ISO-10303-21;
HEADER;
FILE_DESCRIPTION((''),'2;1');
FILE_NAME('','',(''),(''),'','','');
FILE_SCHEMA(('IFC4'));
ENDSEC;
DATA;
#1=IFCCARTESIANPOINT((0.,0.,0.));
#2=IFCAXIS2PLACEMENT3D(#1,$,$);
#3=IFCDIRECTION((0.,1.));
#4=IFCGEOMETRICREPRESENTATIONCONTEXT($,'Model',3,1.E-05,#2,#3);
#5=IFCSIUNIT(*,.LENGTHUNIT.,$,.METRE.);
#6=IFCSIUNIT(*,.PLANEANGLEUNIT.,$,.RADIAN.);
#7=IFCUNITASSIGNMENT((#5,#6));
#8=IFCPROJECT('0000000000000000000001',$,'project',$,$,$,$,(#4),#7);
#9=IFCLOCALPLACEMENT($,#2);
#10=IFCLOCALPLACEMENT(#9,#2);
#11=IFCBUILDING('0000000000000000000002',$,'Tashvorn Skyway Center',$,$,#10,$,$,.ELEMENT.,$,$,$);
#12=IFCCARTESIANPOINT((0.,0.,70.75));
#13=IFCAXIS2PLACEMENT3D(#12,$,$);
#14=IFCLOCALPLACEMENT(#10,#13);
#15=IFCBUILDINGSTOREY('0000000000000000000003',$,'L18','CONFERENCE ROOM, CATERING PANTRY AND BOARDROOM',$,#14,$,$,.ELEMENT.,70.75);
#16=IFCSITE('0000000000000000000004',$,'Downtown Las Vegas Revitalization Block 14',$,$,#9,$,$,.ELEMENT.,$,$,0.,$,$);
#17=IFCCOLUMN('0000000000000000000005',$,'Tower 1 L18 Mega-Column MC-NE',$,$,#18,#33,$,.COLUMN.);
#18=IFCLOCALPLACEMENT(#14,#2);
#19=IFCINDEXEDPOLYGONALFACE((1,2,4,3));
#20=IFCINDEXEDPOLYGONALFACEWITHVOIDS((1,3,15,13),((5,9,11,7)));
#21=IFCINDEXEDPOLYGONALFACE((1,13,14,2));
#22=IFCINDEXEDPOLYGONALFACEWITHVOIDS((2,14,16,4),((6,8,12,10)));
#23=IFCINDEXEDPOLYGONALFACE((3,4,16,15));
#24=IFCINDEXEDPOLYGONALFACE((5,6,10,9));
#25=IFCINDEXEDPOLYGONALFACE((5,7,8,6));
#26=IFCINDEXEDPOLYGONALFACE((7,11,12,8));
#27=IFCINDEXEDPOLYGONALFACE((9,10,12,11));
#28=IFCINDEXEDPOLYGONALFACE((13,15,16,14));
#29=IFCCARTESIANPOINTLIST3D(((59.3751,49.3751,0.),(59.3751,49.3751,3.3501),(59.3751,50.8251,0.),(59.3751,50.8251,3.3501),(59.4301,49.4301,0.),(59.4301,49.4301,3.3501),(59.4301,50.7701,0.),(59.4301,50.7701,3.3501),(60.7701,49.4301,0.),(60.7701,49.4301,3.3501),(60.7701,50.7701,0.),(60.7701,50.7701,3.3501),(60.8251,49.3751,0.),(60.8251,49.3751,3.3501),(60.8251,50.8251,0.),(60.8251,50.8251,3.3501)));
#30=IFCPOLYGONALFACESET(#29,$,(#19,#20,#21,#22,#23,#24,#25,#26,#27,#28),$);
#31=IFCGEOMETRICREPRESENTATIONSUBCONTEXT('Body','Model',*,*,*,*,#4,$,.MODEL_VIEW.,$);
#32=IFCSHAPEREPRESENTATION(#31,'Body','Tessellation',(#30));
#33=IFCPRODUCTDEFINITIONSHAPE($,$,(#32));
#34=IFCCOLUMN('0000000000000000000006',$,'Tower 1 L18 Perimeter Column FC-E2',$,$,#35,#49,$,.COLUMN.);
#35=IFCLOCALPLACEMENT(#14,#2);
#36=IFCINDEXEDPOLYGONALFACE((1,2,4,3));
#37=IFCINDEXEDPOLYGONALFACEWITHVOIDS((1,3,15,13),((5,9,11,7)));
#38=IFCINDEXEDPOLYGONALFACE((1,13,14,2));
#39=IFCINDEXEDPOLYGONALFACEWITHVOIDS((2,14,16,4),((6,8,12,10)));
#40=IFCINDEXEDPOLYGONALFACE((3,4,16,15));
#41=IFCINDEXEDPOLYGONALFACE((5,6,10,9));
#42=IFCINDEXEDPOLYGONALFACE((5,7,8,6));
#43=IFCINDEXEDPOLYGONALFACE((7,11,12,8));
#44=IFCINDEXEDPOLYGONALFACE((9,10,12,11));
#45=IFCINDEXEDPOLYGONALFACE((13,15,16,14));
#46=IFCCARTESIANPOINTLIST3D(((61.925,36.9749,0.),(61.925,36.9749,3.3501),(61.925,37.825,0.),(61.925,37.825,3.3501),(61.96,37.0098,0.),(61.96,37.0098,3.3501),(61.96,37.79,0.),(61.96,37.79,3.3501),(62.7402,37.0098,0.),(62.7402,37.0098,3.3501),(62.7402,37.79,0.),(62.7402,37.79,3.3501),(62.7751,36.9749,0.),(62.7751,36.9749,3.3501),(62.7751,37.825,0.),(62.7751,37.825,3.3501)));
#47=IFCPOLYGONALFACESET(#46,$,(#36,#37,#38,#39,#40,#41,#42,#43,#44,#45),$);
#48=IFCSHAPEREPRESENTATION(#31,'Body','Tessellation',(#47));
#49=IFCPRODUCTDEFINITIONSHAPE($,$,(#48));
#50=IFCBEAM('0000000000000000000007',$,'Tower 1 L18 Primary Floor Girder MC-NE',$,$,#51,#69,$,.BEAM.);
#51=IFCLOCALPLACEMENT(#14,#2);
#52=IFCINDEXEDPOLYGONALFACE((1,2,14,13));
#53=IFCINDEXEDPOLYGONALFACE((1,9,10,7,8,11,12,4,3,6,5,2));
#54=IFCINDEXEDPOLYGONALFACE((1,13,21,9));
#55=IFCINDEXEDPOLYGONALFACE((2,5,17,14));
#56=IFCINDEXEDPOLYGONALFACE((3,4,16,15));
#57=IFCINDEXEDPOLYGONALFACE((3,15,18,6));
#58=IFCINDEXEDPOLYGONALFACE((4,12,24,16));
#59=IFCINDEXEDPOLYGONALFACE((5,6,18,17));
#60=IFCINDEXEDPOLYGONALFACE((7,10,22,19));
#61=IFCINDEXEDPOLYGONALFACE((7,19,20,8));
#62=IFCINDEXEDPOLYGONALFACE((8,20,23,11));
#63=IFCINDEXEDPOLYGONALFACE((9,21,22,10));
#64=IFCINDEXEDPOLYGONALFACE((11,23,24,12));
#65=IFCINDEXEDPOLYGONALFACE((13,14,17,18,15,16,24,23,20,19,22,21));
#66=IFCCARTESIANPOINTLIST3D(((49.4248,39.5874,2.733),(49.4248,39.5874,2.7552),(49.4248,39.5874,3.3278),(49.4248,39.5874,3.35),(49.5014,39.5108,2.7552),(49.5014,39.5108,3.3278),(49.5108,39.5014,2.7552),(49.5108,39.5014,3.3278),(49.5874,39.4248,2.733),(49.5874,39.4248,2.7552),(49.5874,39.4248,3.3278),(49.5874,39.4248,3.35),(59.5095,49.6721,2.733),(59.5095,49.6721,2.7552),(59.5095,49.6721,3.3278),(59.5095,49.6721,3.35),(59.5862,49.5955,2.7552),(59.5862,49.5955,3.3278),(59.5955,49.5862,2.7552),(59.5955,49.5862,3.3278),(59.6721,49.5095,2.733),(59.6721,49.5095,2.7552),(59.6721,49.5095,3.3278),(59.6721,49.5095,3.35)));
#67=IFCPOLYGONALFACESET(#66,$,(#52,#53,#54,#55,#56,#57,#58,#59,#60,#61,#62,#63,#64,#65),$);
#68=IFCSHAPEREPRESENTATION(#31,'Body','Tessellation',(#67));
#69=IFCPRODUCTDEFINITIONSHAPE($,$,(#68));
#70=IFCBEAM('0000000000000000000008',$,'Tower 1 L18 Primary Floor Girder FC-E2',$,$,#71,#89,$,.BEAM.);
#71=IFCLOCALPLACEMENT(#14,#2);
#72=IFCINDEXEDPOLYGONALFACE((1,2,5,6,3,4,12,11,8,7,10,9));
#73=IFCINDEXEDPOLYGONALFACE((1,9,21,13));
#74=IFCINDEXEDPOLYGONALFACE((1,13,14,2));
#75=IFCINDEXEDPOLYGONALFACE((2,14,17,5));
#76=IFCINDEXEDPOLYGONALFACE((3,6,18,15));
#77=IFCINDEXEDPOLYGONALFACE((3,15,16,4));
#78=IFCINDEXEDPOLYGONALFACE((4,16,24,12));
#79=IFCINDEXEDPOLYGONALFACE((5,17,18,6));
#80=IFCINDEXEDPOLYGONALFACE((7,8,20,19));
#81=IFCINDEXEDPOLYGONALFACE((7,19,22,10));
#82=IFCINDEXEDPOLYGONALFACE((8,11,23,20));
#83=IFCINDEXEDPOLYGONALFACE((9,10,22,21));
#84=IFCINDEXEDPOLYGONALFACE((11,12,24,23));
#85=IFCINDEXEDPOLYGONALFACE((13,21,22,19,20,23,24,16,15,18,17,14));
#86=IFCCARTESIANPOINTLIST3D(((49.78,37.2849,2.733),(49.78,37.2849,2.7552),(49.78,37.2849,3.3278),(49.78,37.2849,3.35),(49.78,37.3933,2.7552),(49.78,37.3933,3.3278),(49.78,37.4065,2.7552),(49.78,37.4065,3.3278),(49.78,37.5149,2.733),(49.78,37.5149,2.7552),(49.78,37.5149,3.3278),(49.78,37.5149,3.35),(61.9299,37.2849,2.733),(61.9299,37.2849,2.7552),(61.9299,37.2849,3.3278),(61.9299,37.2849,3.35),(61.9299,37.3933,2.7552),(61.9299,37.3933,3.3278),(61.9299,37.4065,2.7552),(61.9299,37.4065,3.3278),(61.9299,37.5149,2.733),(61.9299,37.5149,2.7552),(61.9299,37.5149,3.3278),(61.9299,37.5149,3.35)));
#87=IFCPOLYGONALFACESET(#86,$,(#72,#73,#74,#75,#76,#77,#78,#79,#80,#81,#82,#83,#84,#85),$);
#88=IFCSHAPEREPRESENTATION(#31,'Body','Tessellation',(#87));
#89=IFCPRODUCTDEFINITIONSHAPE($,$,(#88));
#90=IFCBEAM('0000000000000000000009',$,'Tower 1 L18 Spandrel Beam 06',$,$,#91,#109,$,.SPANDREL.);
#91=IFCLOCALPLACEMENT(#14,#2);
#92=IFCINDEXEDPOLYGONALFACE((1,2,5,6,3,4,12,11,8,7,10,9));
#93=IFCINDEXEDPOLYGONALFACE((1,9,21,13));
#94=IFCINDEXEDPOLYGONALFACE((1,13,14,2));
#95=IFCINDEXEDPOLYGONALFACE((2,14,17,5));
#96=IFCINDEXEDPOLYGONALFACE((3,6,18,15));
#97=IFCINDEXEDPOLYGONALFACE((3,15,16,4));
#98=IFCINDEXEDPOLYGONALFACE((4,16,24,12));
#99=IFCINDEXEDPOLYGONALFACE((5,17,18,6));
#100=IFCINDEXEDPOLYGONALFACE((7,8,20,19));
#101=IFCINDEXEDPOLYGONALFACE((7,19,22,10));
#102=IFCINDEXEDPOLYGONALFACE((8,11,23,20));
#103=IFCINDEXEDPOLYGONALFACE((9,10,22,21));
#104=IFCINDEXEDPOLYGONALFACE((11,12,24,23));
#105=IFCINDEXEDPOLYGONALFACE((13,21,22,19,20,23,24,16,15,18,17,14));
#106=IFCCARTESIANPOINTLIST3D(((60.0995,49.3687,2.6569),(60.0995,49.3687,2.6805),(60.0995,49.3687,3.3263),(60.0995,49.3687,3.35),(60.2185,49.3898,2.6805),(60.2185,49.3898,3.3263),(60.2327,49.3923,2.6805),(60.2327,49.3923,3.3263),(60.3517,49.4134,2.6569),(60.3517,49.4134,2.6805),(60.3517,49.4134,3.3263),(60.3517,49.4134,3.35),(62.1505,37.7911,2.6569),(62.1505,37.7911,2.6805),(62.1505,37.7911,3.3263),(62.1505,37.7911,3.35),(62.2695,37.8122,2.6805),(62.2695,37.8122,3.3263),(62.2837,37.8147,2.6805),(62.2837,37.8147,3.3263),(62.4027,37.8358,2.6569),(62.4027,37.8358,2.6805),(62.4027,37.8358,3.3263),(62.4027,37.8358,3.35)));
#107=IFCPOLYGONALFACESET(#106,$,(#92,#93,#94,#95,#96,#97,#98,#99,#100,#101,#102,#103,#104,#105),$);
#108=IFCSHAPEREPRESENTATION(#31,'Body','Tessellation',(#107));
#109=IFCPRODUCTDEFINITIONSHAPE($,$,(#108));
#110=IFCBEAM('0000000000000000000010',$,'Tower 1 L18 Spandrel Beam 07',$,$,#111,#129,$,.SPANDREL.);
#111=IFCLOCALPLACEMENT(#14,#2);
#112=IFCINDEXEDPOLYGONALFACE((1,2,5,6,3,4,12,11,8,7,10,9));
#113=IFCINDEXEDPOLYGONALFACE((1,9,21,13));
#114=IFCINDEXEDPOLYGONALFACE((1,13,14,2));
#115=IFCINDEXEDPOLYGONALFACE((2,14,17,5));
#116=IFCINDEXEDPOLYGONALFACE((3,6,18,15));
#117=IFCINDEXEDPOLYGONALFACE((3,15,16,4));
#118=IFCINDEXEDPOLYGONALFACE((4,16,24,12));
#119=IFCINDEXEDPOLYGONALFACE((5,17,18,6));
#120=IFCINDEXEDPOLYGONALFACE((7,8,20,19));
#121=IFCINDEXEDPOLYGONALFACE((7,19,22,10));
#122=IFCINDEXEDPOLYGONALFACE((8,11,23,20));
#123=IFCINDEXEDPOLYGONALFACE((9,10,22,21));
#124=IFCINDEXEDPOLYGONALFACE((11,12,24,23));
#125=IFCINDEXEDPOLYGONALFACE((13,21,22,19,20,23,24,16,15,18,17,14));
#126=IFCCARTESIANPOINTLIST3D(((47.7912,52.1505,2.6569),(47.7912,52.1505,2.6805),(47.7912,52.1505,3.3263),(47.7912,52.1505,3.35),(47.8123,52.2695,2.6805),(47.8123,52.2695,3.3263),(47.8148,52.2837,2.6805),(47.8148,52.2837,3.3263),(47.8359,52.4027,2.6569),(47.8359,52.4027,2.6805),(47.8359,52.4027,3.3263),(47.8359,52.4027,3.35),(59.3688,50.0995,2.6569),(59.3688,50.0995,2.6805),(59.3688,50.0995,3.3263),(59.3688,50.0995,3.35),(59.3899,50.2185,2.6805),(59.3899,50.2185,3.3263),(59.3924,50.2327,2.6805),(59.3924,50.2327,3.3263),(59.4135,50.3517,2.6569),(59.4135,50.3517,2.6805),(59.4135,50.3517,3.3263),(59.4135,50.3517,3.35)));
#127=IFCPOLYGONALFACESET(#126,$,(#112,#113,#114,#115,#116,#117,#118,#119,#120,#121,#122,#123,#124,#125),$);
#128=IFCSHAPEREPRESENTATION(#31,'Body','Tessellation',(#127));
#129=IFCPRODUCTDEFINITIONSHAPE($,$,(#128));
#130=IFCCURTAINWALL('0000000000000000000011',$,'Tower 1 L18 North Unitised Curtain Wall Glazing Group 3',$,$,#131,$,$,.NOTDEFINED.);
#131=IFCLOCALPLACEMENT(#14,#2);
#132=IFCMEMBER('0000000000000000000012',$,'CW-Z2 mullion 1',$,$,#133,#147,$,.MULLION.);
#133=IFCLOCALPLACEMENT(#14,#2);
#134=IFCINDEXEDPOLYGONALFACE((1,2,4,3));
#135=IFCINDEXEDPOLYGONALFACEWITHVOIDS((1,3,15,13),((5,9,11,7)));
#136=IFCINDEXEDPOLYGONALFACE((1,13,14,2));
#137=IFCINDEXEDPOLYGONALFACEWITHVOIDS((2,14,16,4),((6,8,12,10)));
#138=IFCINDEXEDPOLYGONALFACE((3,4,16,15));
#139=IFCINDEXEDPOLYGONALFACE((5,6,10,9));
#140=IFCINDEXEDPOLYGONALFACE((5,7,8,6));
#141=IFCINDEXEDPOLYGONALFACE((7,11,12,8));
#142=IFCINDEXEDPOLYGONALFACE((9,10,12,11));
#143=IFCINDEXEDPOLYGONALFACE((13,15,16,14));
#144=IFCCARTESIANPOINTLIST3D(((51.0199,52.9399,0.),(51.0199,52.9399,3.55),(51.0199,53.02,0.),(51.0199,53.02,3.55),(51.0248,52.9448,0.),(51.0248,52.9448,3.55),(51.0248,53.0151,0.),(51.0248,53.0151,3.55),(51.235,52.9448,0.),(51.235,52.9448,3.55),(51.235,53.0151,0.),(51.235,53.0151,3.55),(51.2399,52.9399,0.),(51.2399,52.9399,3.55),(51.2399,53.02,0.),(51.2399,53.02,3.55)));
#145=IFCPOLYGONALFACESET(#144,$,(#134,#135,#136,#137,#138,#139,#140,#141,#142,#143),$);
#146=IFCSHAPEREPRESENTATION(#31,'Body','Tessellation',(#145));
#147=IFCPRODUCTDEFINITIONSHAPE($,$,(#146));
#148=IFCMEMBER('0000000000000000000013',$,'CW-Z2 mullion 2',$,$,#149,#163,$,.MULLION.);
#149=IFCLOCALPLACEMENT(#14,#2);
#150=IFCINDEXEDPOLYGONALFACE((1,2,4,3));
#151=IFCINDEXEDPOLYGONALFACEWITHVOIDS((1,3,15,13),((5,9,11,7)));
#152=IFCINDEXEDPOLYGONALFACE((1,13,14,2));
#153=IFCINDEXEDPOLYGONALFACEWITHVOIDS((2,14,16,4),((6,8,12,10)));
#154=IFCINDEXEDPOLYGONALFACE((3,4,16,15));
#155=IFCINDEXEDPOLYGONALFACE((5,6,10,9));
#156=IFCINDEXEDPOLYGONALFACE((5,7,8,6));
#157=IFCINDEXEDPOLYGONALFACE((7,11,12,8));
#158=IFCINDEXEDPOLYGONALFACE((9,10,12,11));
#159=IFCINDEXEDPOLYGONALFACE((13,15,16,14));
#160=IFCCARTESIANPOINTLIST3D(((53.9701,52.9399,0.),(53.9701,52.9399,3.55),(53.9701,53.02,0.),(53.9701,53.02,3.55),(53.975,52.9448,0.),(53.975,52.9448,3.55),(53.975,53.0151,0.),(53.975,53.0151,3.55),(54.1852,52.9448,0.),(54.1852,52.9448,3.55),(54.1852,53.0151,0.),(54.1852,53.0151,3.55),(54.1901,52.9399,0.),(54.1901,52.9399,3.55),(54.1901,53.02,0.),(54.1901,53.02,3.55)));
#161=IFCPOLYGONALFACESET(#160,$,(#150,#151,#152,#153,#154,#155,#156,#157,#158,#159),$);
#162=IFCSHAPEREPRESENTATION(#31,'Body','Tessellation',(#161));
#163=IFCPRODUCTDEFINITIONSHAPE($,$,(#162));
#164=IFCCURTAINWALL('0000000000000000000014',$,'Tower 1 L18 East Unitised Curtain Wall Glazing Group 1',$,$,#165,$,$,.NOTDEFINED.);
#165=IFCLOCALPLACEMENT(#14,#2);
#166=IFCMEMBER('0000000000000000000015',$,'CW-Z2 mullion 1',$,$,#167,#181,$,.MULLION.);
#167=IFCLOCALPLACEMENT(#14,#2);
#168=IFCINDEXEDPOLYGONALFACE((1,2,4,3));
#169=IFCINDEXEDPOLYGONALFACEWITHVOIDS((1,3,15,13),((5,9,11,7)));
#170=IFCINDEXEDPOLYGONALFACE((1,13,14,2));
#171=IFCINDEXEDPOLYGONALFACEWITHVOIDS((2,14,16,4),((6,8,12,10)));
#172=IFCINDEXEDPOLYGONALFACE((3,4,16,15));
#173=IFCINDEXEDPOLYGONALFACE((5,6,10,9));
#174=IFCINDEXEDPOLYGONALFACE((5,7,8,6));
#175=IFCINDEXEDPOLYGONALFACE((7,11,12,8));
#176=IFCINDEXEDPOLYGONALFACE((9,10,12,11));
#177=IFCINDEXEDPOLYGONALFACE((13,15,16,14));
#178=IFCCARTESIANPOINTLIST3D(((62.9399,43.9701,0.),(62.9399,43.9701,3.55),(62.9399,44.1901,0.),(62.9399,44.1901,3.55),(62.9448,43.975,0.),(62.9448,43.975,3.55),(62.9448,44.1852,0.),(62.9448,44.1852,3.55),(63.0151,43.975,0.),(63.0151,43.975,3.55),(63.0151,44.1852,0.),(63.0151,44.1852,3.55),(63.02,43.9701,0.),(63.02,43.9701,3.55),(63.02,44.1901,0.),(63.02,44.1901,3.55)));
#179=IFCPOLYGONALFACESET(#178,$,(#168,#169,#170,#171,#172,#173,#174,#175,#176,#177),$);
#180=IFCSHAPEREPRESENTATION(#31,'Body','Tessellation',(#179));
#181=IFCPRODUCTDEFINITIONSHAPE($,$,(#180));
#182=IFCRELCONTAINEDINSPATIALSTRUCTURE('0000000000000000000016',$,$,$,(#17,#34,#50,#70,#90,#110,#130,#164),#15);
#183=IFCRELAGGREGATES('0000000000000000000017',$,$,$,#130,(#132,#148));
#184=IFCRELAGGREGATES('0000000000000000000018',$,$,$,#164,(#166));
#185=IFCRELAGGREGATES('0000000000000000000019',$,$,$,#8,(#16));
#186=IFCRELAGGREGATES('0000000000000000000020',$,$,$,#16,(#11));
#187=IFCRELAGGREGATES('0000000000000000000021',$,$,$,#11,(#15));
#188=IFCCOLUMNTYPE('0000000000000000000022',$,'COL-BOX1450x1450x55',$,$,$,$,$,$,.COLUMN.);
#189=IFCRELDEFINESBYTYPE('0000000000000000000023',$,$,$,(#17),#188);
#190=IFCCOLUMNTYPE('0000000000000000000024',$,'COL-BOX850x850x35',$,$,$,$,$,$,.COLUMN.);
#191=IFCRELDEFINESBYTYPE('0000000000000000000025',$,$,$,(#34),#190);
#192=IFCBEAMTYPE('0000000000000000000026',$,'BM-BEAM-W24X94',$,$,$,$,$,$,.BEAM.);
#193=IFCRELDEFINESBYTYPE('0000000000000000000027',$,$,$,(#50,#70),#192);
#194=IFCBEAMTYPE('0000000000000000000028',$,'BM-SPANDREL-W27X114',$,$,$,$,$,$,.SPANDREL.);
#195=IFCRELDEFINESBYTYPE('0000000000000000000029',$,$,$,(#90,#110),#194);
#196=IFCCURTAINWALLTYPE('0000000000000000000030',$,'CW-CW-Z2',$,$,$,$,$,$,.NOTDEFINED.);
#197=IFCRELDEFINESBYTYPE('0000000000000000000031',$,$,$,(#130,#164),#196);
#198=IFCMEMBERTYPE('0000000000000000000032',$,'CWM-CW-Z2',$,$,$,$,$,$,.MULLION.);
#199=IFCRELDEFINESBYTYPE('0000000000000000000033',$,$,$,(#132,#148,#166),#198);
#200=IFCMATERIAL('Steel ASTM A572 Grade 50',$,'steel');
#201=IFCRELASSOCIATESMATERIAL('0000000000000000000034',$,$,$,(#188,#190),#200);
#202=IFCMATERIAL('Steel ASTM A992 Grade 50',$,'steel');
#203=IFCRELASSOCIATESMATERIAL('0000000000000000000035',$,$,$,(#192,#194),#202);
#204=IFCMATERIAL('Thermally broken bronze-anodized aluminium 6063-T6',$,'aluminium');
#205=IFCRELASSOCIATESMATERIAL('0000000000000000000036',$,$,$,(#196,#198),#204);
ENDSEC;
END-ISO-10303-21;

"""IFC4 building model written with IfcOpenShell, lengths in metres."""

from ifc_helpers import new_model, si_unit, direction, frame, origin, origin_2d, place, context, subcontext, project, spatial, hollow_rectangle, i_section, extrude, material, material_profile, profile_set, type_object, element, aggregate, save


model = new_model("IFC4")

# Units and contexts
model_context = context("Model", 3, precision=1e-05, world=origin(), true_north=direction((0.0, 1.0)))
body_context = subcontext(model_context, "Body", "Model", "MODEL_VIEW")
ifc_project = project(units=[si_unit("LENGTHUNIT", "METRE"), si_unit("PLANEANGLEUNIT", "RADIAN")], contexts=[model_context])

# Site, building, storey
site_placement = place(None, origin())
site = spatial("IfcSite", under=ifc_project, at=site_placement, Name="Downtown Las Vegas Revitalization Block 14", CompositionType="ELEMENT", RefElevation=0.0)
building_placement = place(site_placement, origin())
building = spatial("IfcBuilding", under=site, at=building_placement, Name="Tashvorn Skyway Center", CompositionType="ELEMENT")
storey_placement = place(building_placement, frame((0.0, 0.0, 70.75)))
storey = spatial("IfcBuildingStorey", under=building, at=storey_placement, Name="L18", Description="CONFERENCE ROOM, CATERING PANTRY AND BOARDROOM", CompositionType="ELEMENT", Elevation=70.75)

# Columns
ifc_material_1 = material(Name="Steel ASTM A572 Grade 50", Category="steel")
ifc_material_profile_1 = material_profile(ifc_material_1, hollow_rectangle(XDim=1.45, YDim=1.45, WallThickness=0.0549, at=origin_2d()), Name="BOX1450x1450x55")
ifc_profile_set_1 = profile_set([ifc_material_profile_1], Name="Steel ASTM A572 Grade 50")
column_type_1 = type_object("IfcColumnType", Name="COL-BOX1450x1450x55", PredefinedType="COLUMN", material=ifc_profile_set_1)
column_1_placement = place(storey_placement, frame((60.1001, 50.1001, 0.0), z_axis=(0.0, 0.0, 1.0), x_axis=(1.0, 0.0, 0.0)))
element("IfcColumn", 1, at=column_1_placement, inside=storey, type_object=column_type_1, Name="Tower 1 L18 Mega-Column MC-NE", PredefinedType="COLUMN", context=body_context, shape_type="SweptSolid", body=[
    extrude(hollow_rectangle(XDim=1.45, YDim=1.45, WallThickness=0.0549, at=origin_2d()), origin(), (0.0, 0.0, 1.0), 3.3501),
])
ifc_material_profile_2 = material_profile(ifc_material_1, hollow_rectangle(XDim=0.8501, YDim=0.8501, WallThickness=0.0349, at=origin_2d()), Name="BOX850x850x35")
ifc_profile_set_2 = profile_set([ifc_material_profile_2], Name="Steel ASTM A572 Grade 50")
column_type_2 = type_object("IfcColumnType", Name="COL-BOX850x850x35", PredefinedType="COLUMN", material=ifc_profile_set_2)
column_2_placement = place(storey_placement, frame((62.3501, 37.3999, 0.0), z_axis=(0.0, 0.0, 1.0), x_axis=(1.0, 0.0, 0.0)))
element("IfcColumn", 2, at=column_2_placement, inside=storey, type_object=column_type_2, Name="Tower 1 L18 Perimeter Column FC-E2", PredefinedType="COLUMN", context=body_context, shape_type="SweptSolid", body=[
    extrude(hollow_rectangle(XDim=0.8501, YDim=0.8501, WallThickness=0.0349, at=origin_2d()), origin(), (0.0, 0.0, 1.0), 3.3501),
])

# Beams
ifc_material_2 = material(Name="Steel ASTM A992 Grade 50", Category="steel")
ifc_material_profile_3 = material_profile(ifc_material_2, i_section(OverallWidth=0.23, OverallDepth=0.6169, WebThickness=0.0132, FlangeThickness=0.0222, at=origin_2d()), Name="W24X94")
ifc_profile_set_3 = profile_set([ifc_material_profile_3], Name="Steel ASTM A992 Grade 50")
beam_type_1 = type_object("IfcBeamType", Name="BM-BEAM-W24X94", PredefinedType="BEAM", material=ifc_profile_set_3)
beam_1_placement = place(storey_placement, frame((59.5908, 49.5908, 3.0415), z_axis=(-0.707107, -0.707107, 0.0), x_axis=(0.707107, -0.707107, 0.0)))
element("IfcBeam", 3, at=beam_1_placement, inside=storey, type_object=beam_type_1, Name="Tower 1 L18 Primary Floor Girder MC-NE", PredefinedType="BEAM", context=body_context, shape_type="SweptSolid", body=[
    extrude(i_section(OverallWidth=0.23, OverallDepth=0.6169, WebThickness=0.0132, FlangeThickness=0.0222, at=origin_2d()), origin(), (0.0, 0.0, 1.0), 14.262),
])
beam_2_placement = place(storey_placement, frame((61.9299, 37.3999, 3.0415), z_axis=(-1.0, 0.0, 0.0), x_axis=(0.0, -1.0, 0.0)))
element("IfcBeam", 4, at=beam_2_placement, inside=storey, type_object=beam_type_1, Name="Tower 1 L18 Primary Floor Girder FC-E2", PredefinedType="BEAM", context=body_context, shape_type="SweptSolid", body=[
    extrude(i_section(OverallWidth=0.23, OverallDepth=0.6169, WebThickness=0.0132, FlangeThickness=0.0222, at=origin_2d()), origin(), (0.0, 0.0, 1.0), 12.1499),
])
ifc_material_profile_4 = material_profile(ifc_material_2, i_section(OverallWidth=0.2561, OverallDepth=0.6931, WebThickness=0.0144, FlangeThickness=0.0237, at=origin_2d()), Name="W27X114")
ifc_profile_set_4 = profile_set([ifc_material_profile_4], Name="Steel ASTM A992 Grade 50")
beam_type_2 = type_object("IfcBeamType", Name="BM-SPANDREL-W27X114", PredefinedType="SPANDREL", material=ifc_profile_set_4)
for number, where, z_axis, x_axis, name in (
    (5, (62.2766, 37.8135, 3.0034), (-0.174438, 0.984668, 0.0), (-0.984668, -0.174438, 0.0), "Tower 1 L18 Spandrel Beam 06"),
    (6, (59.3911, 50.2256, 3.0034), (-0.984668, 0.174438, 0.0), (-0.174438, -0.984668, 0.0), "Tower 1 L18 Spandrel Beam 07"),
):
    element("IfcBeam", number, at=place(storey_placement, frame(where, z_axis=z_axis, x_axis=x_axis)), inside=storey, type_object=beam_type_2, Name=name, PredefinedType="SPANDREL", context=body_context, shape_type="SweptSolid", body=[
        extrude(i_section(OverallWidth=0.2561, OverallDepth=0.6931, WebThickness=0.0144, FlangeThickness=0.0237, at=origin_2d()), origin(), (0.0, 0.0, 1.0), 11.7578),
    ])

# Curtain walls, members
ifc_material_3 = material(Name="Thermally broken bronze-anodized aluminium 6063-T6", Category="aluminium")
curtain_wall_type = type_object("IfcCurtainWallType", Name="CW-CW-Z2", PredefinedType="NOTDEFINED", material=ifc_material_3)
curtain_wall_1_placement = place(storey_placement, origin())
curtain_wall_1 = element("IfcCurtainWall", 7, at=curtain_wall_1_placement, inside=storey, type_object=curtain_wall_type, Name="Tower 1 L18 North Unitised Curtain Wall Glazing Group 3", PredefinedType="NOTDEFINED")
ifc_material_profile_5 = material_profile(ifc_material_3, hollow_rectangle(XDim=0.0801, YDim=0.22, WallThickness=0.0049, at=origin_2d()), Name="ALU-MULL-80x220")
ifc_profile_set_5 = profile_set([ifc_material_profile_5], Name="Thermally broken bronze-anodized aluminium 6063-T6")
member_type_1 = type_object("IfcMemberType", Name="CWM-CW-Z2", PredefinedType="MULLION", material=ifc_profile_set_5)
member_1_placement = place(storey_placement, frame((51.1299, 52.98, 0.0), z_axis=(0.0, 0.0, 1.0), x_axis=(0.0, 1.0, 0.0)))
member_1 = element("IfcMember", 8, at=member_1_placement, type_object=member_type_1, Name="CW-Z2 mullion 1", PredefinedType="MULLION", context=body_context, shape_type="SweptSolid", body=[
    extrude(hollow_rectangle(XDim=0.0801, YDim=0.22, WallThickness=0.0049, at=origin_2d()), origin(), (0.0, 0.0, 1.0), 3.55),
])
member_2_placement = place(storey_placement, frame((54.0801, 52.98, 0.0), z_axis=(0.0, 0.0, 1.0), x_axis=(0.0, 1.0, 0.0)))
member_2 = element("IfcMember", 9, at=member_2_placement, type_object=member_type_1, Name="CW-Z2 mullion 2", PredefinedType="MULLION", context=body_context, shape_type="SweptSolid", body=[
    extrude(hollow_rectangle(XDim=0.0801, YDim=0.22, WallThickness=0.0049, at=origin_2d()), origin(), (0.0, 0.0, 1.0), 3.55),
])
curtain_wall_2_placement = place(storey_placement, origin())
curtain_wall_2 = element("IfcCurtainWall", 10, at=curtain_wall_2_placement, inside=storey, type_object=curtain_wall_type, Name="Tower 1 L18 East Unitised Curtain Wall Glazing Group 1", PredefinedType="NOTDEFINED")
member_3_placement = place(storey_placement, frame((62.98, 44.0801, 0.0), z_axis=(0.0, 0.0, 1.0), x_axis=(1.0, 0.0, 0.0)))
member_3 = element("IfcMember", 11, at=member_3_placement, type_object=member_type_1, Name="CW-Z2 mullion 1", PredefinedType="MULLION", context=body_context, shape_type="SweptSolid", body=[
    extrude(hollow_rectangle(XDim=0.0801, YDim=0.22, WallThickness=0.0049, at=origin_2d()), origin(), (0.0, 0.0, 1.0), 3.55),
])

aggregate(curtain_wall_1, [member_1, member_2])
aggregate(curtain_wall_2, [member_3])

save(model, "model.ifc")
